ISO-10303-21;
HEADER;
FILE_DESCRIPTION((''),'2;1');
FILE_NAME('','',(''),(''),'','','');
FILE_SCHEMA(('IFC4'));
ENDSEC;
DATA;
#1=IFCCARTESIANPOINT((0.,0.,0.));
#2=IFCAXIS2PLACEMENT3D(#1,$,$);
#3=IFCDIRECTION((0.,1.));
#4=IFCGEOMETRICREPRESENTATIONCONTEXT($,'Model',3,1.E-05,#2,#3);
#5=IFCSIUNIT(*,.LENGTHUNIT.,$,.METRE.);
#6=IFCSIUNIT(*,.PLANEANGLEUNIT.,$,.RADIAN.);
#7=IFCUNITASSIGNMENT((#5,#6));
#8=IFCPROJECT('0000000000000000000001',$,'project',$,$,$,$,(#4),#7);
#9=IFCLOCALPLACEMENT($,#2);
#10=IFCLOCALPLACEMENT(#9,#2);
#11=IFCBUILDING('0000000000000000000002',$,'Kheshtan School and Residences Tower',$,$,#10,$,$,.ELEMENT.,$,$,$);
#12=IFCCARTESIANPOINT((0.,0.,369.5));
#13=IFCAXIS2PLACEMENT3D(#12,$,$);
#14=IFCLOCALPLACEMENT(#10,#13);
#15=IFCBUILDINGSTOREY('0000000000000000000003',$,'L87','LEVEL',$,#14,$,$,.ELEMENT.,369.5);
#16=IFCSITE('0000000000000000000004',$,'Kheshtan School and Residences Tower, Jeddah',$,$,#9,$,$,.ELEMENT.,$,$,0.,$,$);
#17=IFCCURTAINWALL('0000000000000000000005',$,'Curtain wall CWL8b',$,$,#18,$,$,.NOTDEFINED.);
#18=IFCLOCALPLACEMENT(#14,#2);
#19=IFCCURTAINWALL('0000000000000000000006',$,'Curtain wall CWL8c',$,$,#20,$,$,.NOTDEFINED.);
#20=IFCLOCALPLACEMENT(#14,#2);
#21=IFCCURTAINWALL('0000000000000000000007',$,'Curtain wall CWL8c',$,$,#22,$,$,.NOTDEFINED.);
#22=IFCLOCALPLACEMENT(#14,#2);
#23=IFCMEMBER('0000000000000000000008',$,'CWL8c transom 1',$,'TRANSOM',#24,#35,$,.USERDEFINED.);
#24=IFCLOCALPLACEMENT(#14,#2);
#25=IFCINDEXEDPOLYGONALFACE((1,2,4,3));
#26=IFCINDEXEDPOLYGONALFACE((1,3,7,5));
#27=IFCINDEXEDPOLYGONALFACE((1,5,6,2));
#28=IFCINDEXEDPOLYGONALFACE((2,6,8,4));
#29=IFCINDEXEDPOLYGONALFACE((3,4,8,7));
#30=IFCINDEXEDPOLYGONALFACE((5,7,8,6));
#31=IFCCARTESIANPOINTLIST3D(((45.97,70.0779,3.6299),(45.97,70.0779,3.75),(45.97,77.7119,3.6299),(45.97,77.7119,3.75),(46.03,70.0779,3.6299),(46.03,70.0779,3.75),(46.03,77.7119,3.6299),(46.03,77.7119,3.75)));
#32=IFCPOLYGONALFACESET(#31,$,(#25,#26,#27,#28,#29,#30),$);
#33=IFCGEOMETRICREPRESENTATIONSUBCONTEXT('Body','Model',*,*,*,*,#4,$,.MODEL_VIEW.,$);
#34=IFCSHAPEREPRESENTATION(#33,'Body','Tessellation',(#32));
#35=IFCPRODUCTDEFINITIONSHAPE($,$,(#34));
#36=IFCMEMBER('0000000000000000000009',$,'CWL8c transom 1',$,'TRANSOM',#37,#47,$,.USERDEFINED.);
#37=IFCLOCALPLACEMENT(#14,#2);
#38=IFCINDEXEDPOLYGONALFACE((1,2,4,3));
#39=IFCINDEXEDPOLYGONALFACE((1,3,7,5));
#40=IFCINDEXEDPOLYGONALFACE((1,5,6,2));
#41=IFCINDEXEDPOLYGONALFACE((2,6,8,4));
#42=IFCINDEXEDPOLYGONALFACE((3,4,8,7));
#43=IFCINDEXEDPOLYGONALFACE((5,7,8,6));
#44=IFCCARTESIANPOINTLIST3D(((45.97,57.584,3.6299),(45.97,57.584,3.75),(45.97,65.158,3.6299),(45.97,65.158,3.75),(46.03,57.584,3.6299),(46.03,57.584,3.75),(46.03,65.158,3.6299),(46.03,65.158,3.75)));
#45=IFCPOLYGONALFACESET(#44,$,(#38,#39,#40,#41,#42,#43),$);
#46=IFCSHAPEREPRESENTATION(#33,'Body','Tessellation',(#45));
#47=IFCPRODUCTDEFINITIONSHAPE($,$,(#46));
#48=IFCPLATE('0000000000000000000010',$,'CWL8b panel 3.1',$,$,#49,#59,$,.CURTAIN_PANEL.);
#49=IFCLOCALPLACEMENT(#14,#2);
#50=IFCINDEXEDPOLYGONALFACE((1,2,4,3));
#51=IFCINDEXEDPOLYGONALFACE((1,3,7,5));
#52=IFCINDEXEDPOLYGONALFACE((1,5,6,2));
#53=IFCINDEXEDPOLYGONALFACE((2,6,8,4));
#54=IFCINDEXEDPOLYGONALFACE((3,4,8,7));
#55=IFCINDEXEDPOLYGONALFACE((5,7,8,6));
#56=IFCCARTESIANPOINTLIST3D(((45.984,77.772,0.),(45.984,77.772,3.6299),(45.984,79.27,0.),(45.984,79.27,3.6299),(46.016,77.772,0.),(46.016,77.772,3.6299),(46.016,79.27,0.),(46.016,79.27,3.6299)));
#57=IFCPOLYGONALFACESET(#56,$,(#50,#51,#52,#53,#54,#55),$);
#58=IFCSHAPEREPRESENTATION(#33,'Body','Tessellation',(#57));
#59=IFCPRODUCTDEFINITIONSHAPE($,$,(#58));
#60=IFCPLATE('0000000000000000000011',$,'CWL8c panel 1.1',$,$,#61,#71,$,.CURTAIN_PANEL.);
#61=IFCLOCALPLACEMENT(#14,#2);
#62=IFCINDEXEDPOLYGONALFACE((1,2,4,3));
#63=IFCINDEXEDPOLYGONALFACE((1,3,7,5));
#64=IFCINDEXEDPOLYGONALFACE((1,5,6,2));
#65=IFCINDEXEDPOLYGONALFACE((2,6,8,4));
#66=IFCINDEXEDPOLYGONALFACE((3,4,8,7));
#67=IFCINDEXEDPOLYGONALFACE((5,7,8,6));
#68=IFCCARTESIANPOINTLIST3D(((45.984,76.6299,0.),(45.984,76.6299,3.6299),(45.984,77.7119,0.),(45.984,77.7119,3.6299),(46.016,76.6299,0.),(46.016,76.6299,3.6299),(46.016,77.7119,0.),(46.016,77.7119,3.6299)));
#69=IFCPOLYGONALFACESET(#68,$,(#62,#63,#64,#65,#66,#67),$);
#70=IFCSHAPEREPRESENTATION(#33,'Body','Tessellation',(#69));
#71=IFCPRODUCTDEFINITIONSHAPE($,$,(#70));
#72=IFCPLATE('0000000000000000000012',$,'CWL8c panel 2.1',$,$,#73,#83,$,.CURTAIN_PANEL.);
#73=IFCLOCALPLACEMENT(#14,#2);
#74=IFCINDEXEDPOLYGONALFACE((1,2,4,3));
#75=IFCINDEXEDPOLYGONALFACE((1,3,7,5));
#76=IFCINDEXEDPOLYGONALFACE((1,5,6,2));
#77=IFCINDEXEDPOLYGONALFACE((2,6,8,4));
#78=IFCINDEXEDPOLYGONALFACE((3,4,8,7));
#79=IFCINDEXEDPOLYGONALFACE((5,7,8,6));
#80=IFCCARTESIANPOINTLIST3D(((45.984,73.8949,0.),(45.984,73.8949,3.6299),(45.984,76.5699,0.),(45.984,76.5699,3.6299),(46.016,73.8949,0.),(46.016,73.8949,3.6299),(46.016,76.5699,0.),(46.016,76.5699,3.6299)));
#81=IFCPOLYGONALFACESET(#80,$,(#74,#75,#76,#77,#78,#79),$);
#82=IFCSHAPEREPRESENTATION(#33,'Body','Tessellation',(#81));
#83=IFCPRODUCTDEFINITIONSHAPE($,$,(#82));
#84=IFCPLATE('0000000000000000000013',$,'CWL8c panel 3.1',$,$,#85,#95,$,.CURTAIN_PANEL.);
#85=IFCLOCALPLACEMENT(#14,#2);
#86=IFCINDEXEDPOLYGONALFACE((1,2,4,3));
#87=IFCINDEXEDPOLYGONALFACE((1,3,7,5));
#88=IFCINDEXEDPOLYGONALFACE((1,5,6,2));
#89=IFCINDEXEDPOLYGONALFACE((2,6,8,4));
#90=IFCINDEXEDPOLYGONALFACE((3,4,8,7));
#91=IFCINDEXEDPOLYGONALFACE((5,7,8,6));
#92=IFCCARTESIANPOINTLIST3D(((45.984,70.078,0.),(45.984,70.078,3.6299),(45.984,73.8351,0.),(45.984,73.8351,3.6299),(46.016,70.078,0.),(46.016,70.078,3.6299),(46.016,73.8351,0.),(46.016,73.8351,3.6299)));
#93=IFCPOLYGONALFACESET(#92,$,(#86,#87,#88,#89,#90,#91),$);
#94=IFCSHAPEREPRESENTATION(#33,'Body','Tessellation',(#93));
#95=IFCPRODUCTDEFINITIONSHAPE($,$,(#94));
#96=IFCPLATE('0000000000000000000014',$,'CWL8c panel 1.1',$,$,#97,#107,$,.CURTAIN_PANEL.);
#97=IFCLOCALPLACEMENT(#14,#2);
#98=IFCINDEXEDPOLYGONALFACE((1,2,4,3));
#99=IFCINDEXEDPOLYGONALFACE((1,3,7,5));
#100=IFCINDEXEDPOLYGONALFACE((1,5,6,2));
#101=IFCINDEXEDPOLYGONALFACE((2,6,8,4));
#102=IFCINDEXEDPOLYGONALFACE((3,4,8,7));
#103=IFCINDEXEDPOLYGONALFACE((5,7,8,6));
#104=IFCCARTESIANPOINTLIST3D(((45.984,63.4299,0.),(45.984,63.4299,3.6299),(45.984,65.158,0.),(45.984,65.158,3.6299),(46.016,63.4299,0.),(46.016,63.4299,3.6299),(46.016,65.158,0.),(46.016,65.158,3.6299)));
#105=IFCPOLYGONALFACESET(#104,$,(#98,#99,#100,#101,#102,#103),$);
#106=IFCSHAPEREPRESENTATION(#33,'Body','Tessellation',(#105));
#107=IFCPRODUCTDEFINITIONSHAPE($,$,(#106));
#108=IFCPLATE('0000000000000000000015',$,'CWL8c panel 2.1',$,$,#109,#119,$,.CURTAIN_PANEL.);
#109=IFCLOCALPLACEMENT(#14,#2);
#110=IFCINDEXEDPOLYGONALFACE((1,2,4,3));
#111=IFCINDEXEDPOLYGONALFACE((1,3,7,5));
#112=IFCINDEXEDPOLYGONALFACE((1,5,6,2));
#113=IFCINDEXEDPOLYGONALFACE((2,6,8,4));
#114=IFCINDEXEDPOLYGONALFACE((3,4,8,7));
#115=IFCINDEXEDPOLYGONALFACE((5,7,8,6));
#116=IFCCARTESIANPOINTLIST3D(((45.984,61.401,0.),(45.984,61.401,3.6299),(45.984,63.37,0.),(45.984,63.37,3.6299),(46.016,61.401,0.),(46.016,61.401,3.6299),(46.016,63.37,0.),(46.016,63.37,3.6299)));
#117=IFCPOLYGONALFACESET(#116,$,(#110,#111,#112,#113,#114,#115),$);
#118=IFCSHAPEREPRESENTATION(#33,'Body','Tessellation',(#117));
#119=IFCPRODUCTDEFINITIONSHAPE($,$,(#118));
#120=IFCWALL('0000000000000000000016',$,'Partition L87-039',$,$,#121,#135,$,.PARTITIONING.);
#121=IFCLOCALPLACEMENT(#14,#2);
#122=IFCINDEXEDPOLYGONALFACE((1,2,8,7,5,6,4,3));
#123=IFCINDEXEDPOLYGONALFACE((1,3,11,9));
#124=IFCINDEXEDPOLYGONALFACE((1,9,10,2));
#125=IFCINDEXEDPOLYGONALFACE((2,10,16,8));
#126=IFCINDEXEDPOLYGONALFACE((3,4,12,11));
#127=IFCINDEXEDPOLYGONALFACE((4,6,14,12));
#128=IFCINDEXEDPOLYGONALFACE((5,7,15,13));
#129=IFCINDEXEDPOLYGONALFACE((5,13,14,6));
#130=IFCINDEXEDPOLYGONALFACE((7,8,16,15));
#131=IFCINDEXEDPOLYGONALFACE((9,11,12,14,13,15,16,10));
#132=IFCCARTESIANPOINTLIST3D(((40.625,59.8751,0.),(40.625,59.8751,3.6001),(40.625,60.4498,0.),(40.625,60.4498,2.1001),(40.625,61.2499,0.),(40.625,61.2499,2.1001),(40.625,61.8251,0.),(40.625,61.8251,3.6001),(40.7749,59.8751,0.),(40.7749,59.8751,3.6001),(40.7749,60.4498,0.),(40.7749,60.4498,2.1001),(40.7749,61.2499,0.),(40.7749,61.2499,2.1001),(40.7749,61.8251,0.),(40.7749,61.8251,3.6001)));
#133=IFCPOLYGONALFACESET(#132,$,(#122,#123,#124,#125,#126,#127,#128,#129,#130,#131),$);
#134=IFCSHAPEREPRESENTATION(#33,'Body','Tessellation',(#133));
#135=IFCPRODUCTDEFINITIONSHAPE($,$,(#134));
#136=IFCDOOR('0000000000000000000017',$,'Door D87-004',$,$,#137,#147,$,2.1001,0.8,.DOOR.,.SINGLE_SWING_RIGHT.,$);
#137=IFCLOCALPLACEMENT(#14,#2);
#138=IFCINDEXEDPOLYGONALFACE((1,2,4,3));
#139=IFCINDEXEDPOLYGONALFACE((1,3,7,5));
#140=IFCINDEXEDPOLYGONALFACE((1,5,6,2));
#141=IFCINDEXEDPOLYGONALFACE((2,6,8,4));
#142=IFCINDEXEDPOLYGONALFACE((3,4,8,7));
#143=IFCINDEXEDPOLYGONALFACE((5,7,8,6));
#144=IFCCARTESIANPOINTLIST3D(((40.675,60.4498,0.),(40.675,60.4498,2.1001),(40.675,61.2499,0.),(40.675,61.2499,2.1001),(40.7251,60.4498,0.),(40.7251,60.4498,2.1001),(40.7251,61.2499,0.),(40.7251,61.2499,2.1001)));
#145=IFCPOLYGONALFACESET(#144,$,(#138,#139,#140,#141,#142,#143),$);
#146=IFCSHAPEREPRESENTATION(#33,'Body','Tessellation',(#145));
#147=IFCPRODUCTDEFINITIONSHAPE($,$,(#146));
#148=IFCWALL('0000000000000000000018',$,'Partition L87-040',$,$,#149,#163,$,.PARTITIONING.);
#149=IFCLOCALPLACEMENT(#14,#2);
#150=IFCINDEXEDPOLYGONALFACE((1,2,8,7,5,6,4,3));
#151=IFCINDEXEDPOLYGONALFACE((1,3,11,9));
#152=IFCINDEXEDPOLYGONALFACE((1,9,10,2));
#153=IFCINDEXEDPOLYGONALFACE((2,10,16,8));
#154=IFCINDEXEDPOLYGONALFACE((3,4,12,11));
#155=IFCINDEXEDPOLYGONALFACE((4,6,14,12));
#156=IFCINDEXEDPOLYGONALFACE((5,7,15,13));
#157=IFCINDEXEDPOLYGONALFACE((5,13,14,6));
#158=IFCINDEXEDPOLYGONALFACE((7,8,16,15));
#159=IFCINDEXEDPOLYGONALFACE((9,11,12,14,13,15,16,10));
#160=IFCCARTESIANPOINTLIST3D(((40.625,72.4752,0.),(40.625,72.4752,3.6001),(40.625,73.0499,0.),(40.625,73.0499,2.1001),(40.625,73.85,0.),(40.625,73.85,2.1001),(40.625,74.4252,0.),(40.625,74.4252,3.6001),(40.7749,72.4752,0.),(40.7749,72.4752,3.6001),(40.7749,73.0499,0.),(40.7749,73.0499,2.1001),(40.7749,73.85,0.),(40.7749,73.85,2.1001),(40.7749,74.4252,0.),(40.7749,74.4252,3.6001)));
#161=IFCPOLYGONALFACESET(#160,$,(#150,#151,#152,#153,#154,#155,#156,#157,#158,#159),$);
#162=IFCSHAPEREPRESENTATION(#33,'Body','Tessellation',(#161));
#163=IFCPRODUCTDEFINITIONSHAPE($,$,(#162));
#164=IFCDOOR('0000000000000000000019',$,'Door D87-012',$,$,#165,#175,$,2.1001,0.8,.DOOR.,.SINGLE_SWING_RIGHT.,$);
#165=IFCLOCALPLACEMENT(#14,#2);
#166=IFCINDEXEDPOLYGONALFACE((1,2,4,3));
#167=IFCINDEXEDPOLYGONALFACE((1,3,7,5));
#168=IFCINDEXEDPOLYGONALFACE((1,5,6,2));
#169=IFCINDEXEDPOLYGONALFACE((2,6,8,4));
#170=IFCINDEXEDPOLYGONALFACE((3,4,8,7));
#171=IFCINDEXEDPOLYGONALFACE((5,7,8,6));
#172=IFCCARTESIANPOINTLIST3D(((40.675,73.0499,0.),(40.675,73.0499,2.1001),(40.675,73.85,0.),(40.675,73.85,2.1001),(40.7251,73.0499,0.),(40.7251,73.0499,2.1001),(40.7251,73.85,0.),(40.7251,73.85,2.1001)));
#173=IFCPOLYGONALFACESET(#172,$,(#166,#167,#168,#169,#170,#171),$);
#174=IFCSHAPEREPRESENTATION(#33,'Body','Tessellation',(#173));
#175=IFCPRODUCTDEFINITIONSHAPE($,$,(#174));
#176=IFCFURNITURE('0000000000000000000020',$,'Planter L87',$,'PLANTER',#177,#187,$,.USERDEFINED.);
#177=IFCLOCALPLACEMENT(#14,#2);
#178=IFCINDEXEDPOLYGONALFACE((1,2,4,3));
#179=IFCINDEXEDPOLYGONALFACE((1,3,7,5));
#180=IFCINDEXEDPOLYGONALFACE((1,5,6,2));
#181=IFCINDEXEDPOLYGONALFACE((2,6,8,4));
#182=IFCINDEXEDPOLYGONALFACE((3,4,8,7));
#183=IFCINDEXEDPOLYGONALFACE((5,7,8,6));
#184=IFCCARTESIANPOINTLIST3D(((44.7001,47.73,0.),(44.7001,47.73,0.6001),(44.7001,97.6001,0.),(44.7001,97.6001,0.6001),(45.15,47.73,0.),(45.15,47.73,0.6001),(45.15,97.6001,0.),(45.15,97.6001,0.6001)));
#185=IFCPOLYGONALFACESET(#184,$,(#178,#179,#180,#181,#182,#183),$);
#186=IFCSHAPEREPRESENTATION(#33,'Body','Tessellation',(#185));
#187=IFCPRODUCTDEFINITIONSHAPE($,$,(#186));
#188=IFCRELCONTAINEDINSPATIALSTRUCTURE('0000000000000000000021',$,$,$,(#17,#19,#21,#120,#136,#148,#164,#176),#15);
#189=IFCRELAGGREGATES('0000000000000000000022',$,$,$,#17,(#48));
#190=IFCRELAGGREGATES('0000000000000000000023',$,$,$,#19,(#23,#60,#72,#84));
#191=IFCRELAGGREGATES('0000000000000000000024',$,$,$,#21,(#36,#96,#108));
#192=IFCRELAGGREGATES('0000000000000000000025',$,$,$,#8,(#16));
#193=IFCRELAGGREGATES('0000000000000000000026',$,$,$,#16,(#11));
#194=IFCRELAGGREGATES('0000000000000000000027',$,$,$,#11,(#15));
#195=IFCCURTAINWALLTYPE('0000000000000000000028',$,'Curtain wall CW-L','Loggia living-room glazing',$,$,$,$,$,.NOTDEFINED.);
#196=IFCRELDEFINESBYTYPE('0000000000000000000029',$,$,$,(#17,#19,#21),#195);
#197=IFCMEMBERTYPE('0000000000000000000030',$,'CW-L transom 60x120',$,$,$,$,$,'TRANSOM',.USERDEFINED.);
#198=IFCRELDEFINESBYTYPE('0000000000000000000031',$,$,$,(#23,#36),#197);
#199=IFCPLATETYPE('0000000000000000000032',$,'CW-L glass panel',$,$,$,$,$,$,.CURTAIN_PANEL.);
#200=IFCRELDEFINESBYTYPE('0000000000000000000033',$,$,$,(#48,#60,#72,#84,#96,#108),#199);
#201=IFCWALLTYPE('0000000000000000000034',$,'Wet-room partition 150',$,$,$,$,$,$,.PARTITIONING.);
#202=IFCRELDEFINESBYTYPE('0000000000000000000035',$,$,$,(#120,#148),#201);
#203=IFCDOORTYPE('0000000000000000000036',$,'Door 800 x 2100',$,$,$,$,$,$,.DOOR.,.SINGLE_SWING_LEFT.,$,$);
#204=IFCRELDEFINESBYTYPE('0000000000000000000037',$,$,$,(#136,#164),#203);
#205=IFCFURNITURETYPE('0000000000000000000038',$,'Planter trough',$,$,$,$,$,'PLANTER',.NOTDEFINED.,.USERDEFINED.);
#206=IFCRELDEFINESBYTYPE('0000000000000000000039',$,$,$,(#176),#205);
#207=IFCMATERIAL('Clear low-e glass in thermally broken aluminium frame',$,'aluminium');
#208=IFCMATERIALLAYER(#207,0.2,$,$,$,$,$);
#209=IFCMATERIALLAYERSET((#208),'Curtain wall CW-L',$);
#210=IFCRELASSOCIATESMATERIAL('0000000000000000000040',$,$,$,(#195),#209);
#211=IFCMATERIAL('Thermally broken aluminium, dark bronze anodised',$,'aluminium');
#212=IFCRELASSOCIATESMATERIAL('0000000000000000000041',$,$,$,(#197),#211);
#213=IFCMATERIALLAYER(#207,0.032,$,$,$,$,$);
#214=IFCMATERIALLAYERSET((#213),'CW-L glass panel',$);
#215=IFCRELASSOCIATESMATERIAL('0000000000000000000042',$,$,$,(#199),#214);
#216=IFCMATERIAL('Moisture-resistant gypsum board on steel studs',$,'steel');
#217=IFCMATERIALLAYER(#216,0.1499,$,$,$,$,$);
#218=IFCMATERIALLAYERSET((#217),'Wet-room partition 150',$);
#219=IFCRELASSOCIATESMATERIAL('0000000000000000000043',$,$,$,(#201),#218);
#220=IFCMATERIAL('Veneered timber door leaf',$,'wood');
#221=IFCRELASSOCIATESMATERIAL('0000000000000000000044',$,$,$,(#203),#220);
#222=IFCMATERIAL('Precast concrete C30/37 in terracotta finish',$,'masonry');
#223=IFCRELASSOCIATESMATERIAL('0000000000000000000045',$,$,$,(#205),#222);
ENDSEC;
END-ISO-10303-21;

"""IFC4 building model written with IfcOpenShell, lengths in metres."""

from ifc_helpers import new_model, si_unit, direction, frame, frame_2d, origin, origin_2d, place, context, subcontext, project, spatial, rectangle, extrude, source, transform, mapped, material, layer, layer_set, material_profile, profile_set, type_object, element, fill, aggregate, save


model = new_model("IFC4")

# Units and contexts
model_context = context("Model", 3, precision=1e-05, world=origin(), true_north=direction((0.0, 1.0)))
body_context = subcontext(model_context, "Body", "Model", "MODEL_VIEW")
ifc_project = project(units=[si_unit("LENGTHUNIT", "METRE"), si_unit("PLANEANGLEUNIT", "RADIAN")], contexts=[model_context])

# Site, building, storey
site_placement = place(None, origin())
site = spatial("IfcSite", under=ifc_project, at=site_placement, Name="Kheshtan School and Residences Tower, Jeddah", CompositionType="ELEMENT", RefElevation=0.0)
building_placement = place(site_placement, origin())
building = spatial("IfcBuilding", under=site, at=building_placement, Name="Kheshtan School and Residences Tower", CompositionType="ELEMENT")
storey_placement = place(building_placement, frame((0.0, 0.0, 369.5)))
storey = spatial("IfcBuildingStorey", under=building, at=storey_placement, Name="L87", Description="LEVEL", CompositionType="ELEMENT", Elevation=369.5)

# Curtain wall
ifc_material_1 = material(Name="Clear low-e glass in thermally broken aluminium frame", Category="aluminium")
ifc_layer_1 = layer(ifc_material_1, 0.2)
ifc_layer_set_1 = layer_set([ifc_layer_1], Name="Curtain wall CW-L")
curtain_wall_type = type_object("IfcCurtainWallType", Name="Curtain wall CW-L", Description="Loggia living-room glazing", PredefinedType="NOTDEFINED", material=ifc_layer_set_1)
curtain_wall_1_placement = place(storey_placement, origin())
curtain_wall_1 = element("IfcCurtainWall", 1, at=curtain_wall_1_placement, inside=storey, type_object=curtain_wall_type, Name="Curtain wall CWL8b", PredefinedType="NOTDEFINED")
ifc_material_2 = material(Name="Thermally broken aluminium, dark bronze anodised", Category="aluminium")

# Curtain walls
curtain_wall_2_placement = place(storey_placement, origin())
curtain_wall_2 = element("IfcCurtainWall", 2, at=curtain_wall_2_placement, inside=storey, type_object=curtain_wall_type, Name="Curtain wall CWL8c", PredefinedType="NOTDEFINED")
curtain_wall_3_placement = place(storey_placement, origin())
curtain_wall_3 = element("IfcCurtainWall", 3, at=curtain_wall_3_placement, inside=storey, type_object=curtain_wall_type, Name="Curtain wall CWL8c", PredefinedType="NOTDEFINED")

# Members
ifc_material_profile_1 = material_profile(ifc_material_2, rectangle(XDim=0.0601, YDim=0.1201, at=origin_2d()), Name="CW-L transom 60x120")
ifc_profile_set_1 = profile_set([ifc_material_profile_1], Name="Thermally broken aluminium, dark bronze anodised")
member_type_1 = type_object("IfcMemberType", Name="CW-L transom 60x120", ElementType="TRANSOM", PredefinedType="USERDEFINED", material=ifc_profile_set_1)
member_1_placement = place(storey_placement, frame((46.0, 77.7119, 3.6899), z_axis=(0.0, -1.0, 0.0), x_axis=(1.0, 0.0, 0.0)))
member_1 = element("IfcMember", 4, at=member_1_placement, type_object=member_type_1, Name="CWL8c transom 1", ObjectType="TRANSOM", PredefinedType="USERDEFINED", context=body_context, shape_type="SweptSolid", body=[
    extrude(rectangle(XDim=0.0601, YDim=0.1201, at=origin_2d()), origin(), (0.0, 0.0, 1.0), 7.634),
])
member_2_placement = place(storey_placement, frame((46.0, 65.158, 3.6899), z_axis=(0.0, -1.0, 0.0), x_axis=(1.0, 0.0, 0.0)))
member_2 = element("IfcMember", 5, at=member_2_placement, type_object=member_type_1, Name="CWL8c transom 1", ObjectType="TRANSOM", PredefinedType="USERDEFINED", context=body_context, shape_type="SweptSolid", body=[
    extrude(rectangle(XDim=0.0601, YDim=0.1201, at=origin_2d()), origin(), (0.0, 0.0, 1.0), 7.574),
])

# Plates
ifc_layer_2 = layer(ifc_material_1, 0.032)
ifc_layer_set_2 = layer_set([ifc_layer_2], Name="CW-L glass panel")
plate_type = type_object("IfcPlateType", Name="CW-L glass panel", PredefinedType="CURTAIN_PANEL", material=ifc_layer_set_2)
plate_1_placement = place(storey_placement, frame((46.0, 78.521, 0.0), z_axis=(0.0, 0.0, 1.0), x_axis=(0.0, -1.0, 0.0)))
plate_1 = element("IfcPlate", 6, at=plate_1_placement, type_object=plate_type, Name="CWL8b panel 3.1", PredefinedType="CURTAIN_PANEL", context=body_context, shape_type="SweptSolid", body=[
    extrude(rectangle(XDim=1.498, YDim=0.032, at=origin_2d()), origin(), (0.0, 0.0, 1.0), 3.6299),
])
aggregate(curtain_wall_1, [plate_1])
plate_2_placement = place(storey_placement, frame((46.0, 77.1709, 0.0), z_axis=(0.0, 0.0, 1.0), x_axis=(0.0, -1.0, 0.0)))
plate_2 = element("IfcPlate", 7, at=plate_2_placement, type_object=plate_type, Name="CWL8c panel 1.1", PredefinedType="CURTAIN_PANEL", context=body_context, shape_type="SweptSolid", body=[
    extrude(rectangle(XDim=1.082, YDim=0.032, at=origin_2d()), origin(), (0.0, 0.0, 1.0), 3.6299),
])
plate_3_placement = place(storey_placement, frame((46.0, 75.2324, 0.0), z_axis=(0.0, 0.0, 1.0), x_axis=(0.0, -1.0, 0.0)))
plate_3 = element("IfcPlate", 8, at=plate_3_placement, type_object=plate_type, Name="CWL8c panel 2.1", PredefinedType="CURTAIN_PANEL", context=body_context, shape_type="SweptSolid", body=[
    extrude(rectangle(XDim=2.675, YDim=0.032, at=origin_2d()), origin(), (0.0, 0.0, 1.0), 3.6299),
])
plate_4_placement = place(storey_placement, frame((46.0, 71.9565, 0.0), z_axis=(0.0, 0.0, 1.0), x_axis=(0.0, -1.0, 0.0)))
plate_4 = element("IfcPlate", 9, at=plate_4_placement, type_object=plate_type, Name="CWL8c panel 3.1", PredefinedType="CURTAIN_PANEL", context=body_context, shape_type="SweptSolid", body=[
    extrude(rectangle(XDim=3.7571, YDim=0.032, at=origin_2d()), origin(), (0.0, 0.0, 1.0), 3.6299),
])
aggregate(curtain_wall_2, [member_1, plate_2, plate_3, plate_4])
plate_5_placement = place(storey_placement, frame((46.0, 64.2939, 0.0), z_axis=(0.0, 0.0, 1.0), x_axis=(0.0, -1.0, 0.0)))
plate_5 = element("IfcPlate", 10, at=plate_5_placement, type_object=plate_type, Name="CWL8c panel 1.1", PredefinedType="CURTAIN_PANEL", context=body_context, shape_type="SweptSolid", body=[
    extrude(rectangle(XDim=1.728, YDim=0.032, at=origin_2d()), origin(), (0.0, 0.0, 1.0), 3.6299),
])
plate_6_placement = place(storey_placement, frame((46.0, 62.3855, 0.0), z_axis=(0.0, 0.0, 1.0), x_axis=(0.0, -1.0, 0.0)))
plate_6 = element("IfcPlate", 11, at=plate_6_placement, type_object=plate_type, Name="CWL8c panel 2.1", PredefinedType="CURTAIN_PANEL", context=body_context, shape_type="SweptSolid", body=[
    extrude(rectangle(XDim=1.969, YDim=0.032, at=origin_2d()), origin(), (0.0, 0.0, 1.0), 3.6299),
])
aggregate(curtain_wall_3, [member_2, plate_5, plate_6])

# Walls, openings, doors
ifc_material_3 = material(Name="Moisture-resistant gypsum board on steel studs", Category="steel")
ifc_layer_3 = layer(ifc_material_3, 0.1499)
ifc_layer_set_3 = layer_set([ifc_layer_3], Name="Wet-room partition 150")
wall_type_1 = type_object("IfcWallType", Name="Wet-room partition 150", PredefinedType="PARTITIONING", material=ifc_layer_set_3)
wall_1_placement = place(storey_placement, frame((40.7, 59.875, 0.0), z_axis=(0.0, 0.0, 1.0), x_axis=(0.0, 1.0, 0.0)))
wall_1 = element("IfcWall", 12, at=wall_1_placement, inside=storey, type_object=wall_type_1, Name="Partition L87-039", PredefinedType="PARTITIONING", context=body_context, shape_type="SweptSolid", body=[
    extrude(rectangle(XDim=1.95, YDim=0.1499, at=frame_2d((0.9751, 0.0))), origin(), (0.0, 0.0, 1.0), 3.6001),
])
opening_1_placement = place(wall_1_placement, frame((0.575, 0.0, 0.0)))
opening_1 = element("IfcOpeningElement", 13, at=opening_1_placement, cuts=wall_1, PredefinedType="OPENING", context=body_context, shape_type="SweptSolid", body=[
    extrude(rectangle(XDim=0.8, YDim=2.1001, at=frame_2d((0.3999, 1.05))), frame((0.0, 0.085, 0.0), z_axis=(0.0, -1.0, 0.0), x_axis=(1.0, 0.0, 0.0)), (0.0, 0.0, 1.0), 0.1699),
])
ifc_material_4 = material(Name="Veneered timber door leaf", Category="wood")
door_type_1 = type_object("IfcDoorType", Name="Door 800 x 2100", OperationType="SINGLE_SWING_LEFT", PredefinedType="DOOR", material=ifc_material_4)
shared_shape_1 = source(origin(), body_context, "Body", "SweptSolid", [
    extrude(rectangle(XDim=0.8, YDim=2.1001, at=frame_2d((0.3999, 1.05))), frame((0.0, 0.0249, 0.0), z_axis=(0.0, -1.0, 0.0), x_axis=(1.0, 0.0, 0.0)), (0.0, 0.0, 1.0), 0.05),
])
door_1_placement = place(opening_1_placement, origin())
door_1 = element("IfcDoor", 14, at=door_1_placement, inside=storey, type_object=door_type_1, Name="Door D87-004", OperationType="SINGLE_SWING_RIGHT", OverallHeight=2.1001, OverallWidth=0.8, PredefinedType="DOOR", context=body_context, shape_type="MappedRepresentation", body=[
    mapped(shared_shape_1, transform((0.0, 0.0, 0.0), x_axis=(1.0, 0.0, 0.0), y_axis=(0.0, 1.0, 0.0), z_axis=(0.0, 0.0, 1.0), scale=1.0)),
])
fill(opening_1, door_1)
wall_2_placement = place(storey_placement, frame((40.7, 72.4751, 0.0), z_axis=(0.0, 0.0, 1.0), x_axis=(0.0, 1.0, 0.0)))
wall_2 = element("IfcWall", 15, at=wall_2_placement, inside=storey, type_object=wall_type_1, Name="Partition L87-040", PredefinedType="PARTITIONING", context=body_context, shape_type="SweptSolid", body=[
    extrude(rectangle(XDim=1.95, YDim=0.1499, at=frame_2d((0.9751, 0.0))), origin(), (0.0, 0.0, 1.0), 3.6001),
])
opening_2_placement = place(wall_2_placement, frame((0.575, 0.0, 0.0)))
opening_2 = element("IfcOpeningElement", 16, at=opening_2_placement, cuts=wall_2, PredefinedType="OPENING", context=body_context, shape_type="SweptSolid", body=[
    extrude(rectangle(XDim=0.8, YDim=2.1001, at=frame_2d((0.3999, 1.05))), frame((0.0, 0.085, 0.0), z_axis=(0.0, -1.0, 0.0), x_axis=(1.0, 0.0, 0.0)), (0.0, 0.0, 1.0), 0.1699),
])
door_2_placement = place(opening_2_placement, origin())
door_2 = element("IfcDoor", 17, at=door_2_placement, inside=storey, type_object=door_type_1, Name="Door D87-012", OperationType="SINGLE_SWING_RIGHT", OverallHeight=2.1001, OverallWidth=0.8, PredefinedType="DOOR", context=body_context, shape_type="MappedRepresentation", body=[
    mapped(shared_shape_1, transform((0.0, 0.0, 0.0), x_axis=(1.0, 0.0, 0.0), y_axis=(0.0, 1.0, 0.0), z_axis=(0.0, 0.0, 1.0), scale=1.0)),
])
fill(opening_2, door_2)

# Furniture
ifc_material_5 = material(Name="Precast concrete C30/37 in terracotta finish", Category="masonry")
furniture_type = type_object("IfcFurnitureType", Name="Planter trough", ElementType="PLANTER", AssemblyPlace="NOTDEFINED", PredefinedType="USERDEFINED", material=ifc_material_5)
furniture_placement = place(storey_placement, frame((44.925, 72.665, 0.0), z_axis=(0.0, 0.0, 1.0), x_axis=(0.0, -1.0, 0.0)))
element("IfcFurniture", 18, at=furniture_placement, inside=storey, type_object=furniture_type, Name="Planter L87", ObjectType="PLANTER", PredefinedType="USERDEFINED", context=body_context, shape_type="SweptSolid", body=[
    extrude(rectangle(XDim=49.8701, YDim=0.45, at=origin_2d()), origin(), (0.0, 0.0, 1.0), 0.6001),
])

save(model, "model.ifc")
